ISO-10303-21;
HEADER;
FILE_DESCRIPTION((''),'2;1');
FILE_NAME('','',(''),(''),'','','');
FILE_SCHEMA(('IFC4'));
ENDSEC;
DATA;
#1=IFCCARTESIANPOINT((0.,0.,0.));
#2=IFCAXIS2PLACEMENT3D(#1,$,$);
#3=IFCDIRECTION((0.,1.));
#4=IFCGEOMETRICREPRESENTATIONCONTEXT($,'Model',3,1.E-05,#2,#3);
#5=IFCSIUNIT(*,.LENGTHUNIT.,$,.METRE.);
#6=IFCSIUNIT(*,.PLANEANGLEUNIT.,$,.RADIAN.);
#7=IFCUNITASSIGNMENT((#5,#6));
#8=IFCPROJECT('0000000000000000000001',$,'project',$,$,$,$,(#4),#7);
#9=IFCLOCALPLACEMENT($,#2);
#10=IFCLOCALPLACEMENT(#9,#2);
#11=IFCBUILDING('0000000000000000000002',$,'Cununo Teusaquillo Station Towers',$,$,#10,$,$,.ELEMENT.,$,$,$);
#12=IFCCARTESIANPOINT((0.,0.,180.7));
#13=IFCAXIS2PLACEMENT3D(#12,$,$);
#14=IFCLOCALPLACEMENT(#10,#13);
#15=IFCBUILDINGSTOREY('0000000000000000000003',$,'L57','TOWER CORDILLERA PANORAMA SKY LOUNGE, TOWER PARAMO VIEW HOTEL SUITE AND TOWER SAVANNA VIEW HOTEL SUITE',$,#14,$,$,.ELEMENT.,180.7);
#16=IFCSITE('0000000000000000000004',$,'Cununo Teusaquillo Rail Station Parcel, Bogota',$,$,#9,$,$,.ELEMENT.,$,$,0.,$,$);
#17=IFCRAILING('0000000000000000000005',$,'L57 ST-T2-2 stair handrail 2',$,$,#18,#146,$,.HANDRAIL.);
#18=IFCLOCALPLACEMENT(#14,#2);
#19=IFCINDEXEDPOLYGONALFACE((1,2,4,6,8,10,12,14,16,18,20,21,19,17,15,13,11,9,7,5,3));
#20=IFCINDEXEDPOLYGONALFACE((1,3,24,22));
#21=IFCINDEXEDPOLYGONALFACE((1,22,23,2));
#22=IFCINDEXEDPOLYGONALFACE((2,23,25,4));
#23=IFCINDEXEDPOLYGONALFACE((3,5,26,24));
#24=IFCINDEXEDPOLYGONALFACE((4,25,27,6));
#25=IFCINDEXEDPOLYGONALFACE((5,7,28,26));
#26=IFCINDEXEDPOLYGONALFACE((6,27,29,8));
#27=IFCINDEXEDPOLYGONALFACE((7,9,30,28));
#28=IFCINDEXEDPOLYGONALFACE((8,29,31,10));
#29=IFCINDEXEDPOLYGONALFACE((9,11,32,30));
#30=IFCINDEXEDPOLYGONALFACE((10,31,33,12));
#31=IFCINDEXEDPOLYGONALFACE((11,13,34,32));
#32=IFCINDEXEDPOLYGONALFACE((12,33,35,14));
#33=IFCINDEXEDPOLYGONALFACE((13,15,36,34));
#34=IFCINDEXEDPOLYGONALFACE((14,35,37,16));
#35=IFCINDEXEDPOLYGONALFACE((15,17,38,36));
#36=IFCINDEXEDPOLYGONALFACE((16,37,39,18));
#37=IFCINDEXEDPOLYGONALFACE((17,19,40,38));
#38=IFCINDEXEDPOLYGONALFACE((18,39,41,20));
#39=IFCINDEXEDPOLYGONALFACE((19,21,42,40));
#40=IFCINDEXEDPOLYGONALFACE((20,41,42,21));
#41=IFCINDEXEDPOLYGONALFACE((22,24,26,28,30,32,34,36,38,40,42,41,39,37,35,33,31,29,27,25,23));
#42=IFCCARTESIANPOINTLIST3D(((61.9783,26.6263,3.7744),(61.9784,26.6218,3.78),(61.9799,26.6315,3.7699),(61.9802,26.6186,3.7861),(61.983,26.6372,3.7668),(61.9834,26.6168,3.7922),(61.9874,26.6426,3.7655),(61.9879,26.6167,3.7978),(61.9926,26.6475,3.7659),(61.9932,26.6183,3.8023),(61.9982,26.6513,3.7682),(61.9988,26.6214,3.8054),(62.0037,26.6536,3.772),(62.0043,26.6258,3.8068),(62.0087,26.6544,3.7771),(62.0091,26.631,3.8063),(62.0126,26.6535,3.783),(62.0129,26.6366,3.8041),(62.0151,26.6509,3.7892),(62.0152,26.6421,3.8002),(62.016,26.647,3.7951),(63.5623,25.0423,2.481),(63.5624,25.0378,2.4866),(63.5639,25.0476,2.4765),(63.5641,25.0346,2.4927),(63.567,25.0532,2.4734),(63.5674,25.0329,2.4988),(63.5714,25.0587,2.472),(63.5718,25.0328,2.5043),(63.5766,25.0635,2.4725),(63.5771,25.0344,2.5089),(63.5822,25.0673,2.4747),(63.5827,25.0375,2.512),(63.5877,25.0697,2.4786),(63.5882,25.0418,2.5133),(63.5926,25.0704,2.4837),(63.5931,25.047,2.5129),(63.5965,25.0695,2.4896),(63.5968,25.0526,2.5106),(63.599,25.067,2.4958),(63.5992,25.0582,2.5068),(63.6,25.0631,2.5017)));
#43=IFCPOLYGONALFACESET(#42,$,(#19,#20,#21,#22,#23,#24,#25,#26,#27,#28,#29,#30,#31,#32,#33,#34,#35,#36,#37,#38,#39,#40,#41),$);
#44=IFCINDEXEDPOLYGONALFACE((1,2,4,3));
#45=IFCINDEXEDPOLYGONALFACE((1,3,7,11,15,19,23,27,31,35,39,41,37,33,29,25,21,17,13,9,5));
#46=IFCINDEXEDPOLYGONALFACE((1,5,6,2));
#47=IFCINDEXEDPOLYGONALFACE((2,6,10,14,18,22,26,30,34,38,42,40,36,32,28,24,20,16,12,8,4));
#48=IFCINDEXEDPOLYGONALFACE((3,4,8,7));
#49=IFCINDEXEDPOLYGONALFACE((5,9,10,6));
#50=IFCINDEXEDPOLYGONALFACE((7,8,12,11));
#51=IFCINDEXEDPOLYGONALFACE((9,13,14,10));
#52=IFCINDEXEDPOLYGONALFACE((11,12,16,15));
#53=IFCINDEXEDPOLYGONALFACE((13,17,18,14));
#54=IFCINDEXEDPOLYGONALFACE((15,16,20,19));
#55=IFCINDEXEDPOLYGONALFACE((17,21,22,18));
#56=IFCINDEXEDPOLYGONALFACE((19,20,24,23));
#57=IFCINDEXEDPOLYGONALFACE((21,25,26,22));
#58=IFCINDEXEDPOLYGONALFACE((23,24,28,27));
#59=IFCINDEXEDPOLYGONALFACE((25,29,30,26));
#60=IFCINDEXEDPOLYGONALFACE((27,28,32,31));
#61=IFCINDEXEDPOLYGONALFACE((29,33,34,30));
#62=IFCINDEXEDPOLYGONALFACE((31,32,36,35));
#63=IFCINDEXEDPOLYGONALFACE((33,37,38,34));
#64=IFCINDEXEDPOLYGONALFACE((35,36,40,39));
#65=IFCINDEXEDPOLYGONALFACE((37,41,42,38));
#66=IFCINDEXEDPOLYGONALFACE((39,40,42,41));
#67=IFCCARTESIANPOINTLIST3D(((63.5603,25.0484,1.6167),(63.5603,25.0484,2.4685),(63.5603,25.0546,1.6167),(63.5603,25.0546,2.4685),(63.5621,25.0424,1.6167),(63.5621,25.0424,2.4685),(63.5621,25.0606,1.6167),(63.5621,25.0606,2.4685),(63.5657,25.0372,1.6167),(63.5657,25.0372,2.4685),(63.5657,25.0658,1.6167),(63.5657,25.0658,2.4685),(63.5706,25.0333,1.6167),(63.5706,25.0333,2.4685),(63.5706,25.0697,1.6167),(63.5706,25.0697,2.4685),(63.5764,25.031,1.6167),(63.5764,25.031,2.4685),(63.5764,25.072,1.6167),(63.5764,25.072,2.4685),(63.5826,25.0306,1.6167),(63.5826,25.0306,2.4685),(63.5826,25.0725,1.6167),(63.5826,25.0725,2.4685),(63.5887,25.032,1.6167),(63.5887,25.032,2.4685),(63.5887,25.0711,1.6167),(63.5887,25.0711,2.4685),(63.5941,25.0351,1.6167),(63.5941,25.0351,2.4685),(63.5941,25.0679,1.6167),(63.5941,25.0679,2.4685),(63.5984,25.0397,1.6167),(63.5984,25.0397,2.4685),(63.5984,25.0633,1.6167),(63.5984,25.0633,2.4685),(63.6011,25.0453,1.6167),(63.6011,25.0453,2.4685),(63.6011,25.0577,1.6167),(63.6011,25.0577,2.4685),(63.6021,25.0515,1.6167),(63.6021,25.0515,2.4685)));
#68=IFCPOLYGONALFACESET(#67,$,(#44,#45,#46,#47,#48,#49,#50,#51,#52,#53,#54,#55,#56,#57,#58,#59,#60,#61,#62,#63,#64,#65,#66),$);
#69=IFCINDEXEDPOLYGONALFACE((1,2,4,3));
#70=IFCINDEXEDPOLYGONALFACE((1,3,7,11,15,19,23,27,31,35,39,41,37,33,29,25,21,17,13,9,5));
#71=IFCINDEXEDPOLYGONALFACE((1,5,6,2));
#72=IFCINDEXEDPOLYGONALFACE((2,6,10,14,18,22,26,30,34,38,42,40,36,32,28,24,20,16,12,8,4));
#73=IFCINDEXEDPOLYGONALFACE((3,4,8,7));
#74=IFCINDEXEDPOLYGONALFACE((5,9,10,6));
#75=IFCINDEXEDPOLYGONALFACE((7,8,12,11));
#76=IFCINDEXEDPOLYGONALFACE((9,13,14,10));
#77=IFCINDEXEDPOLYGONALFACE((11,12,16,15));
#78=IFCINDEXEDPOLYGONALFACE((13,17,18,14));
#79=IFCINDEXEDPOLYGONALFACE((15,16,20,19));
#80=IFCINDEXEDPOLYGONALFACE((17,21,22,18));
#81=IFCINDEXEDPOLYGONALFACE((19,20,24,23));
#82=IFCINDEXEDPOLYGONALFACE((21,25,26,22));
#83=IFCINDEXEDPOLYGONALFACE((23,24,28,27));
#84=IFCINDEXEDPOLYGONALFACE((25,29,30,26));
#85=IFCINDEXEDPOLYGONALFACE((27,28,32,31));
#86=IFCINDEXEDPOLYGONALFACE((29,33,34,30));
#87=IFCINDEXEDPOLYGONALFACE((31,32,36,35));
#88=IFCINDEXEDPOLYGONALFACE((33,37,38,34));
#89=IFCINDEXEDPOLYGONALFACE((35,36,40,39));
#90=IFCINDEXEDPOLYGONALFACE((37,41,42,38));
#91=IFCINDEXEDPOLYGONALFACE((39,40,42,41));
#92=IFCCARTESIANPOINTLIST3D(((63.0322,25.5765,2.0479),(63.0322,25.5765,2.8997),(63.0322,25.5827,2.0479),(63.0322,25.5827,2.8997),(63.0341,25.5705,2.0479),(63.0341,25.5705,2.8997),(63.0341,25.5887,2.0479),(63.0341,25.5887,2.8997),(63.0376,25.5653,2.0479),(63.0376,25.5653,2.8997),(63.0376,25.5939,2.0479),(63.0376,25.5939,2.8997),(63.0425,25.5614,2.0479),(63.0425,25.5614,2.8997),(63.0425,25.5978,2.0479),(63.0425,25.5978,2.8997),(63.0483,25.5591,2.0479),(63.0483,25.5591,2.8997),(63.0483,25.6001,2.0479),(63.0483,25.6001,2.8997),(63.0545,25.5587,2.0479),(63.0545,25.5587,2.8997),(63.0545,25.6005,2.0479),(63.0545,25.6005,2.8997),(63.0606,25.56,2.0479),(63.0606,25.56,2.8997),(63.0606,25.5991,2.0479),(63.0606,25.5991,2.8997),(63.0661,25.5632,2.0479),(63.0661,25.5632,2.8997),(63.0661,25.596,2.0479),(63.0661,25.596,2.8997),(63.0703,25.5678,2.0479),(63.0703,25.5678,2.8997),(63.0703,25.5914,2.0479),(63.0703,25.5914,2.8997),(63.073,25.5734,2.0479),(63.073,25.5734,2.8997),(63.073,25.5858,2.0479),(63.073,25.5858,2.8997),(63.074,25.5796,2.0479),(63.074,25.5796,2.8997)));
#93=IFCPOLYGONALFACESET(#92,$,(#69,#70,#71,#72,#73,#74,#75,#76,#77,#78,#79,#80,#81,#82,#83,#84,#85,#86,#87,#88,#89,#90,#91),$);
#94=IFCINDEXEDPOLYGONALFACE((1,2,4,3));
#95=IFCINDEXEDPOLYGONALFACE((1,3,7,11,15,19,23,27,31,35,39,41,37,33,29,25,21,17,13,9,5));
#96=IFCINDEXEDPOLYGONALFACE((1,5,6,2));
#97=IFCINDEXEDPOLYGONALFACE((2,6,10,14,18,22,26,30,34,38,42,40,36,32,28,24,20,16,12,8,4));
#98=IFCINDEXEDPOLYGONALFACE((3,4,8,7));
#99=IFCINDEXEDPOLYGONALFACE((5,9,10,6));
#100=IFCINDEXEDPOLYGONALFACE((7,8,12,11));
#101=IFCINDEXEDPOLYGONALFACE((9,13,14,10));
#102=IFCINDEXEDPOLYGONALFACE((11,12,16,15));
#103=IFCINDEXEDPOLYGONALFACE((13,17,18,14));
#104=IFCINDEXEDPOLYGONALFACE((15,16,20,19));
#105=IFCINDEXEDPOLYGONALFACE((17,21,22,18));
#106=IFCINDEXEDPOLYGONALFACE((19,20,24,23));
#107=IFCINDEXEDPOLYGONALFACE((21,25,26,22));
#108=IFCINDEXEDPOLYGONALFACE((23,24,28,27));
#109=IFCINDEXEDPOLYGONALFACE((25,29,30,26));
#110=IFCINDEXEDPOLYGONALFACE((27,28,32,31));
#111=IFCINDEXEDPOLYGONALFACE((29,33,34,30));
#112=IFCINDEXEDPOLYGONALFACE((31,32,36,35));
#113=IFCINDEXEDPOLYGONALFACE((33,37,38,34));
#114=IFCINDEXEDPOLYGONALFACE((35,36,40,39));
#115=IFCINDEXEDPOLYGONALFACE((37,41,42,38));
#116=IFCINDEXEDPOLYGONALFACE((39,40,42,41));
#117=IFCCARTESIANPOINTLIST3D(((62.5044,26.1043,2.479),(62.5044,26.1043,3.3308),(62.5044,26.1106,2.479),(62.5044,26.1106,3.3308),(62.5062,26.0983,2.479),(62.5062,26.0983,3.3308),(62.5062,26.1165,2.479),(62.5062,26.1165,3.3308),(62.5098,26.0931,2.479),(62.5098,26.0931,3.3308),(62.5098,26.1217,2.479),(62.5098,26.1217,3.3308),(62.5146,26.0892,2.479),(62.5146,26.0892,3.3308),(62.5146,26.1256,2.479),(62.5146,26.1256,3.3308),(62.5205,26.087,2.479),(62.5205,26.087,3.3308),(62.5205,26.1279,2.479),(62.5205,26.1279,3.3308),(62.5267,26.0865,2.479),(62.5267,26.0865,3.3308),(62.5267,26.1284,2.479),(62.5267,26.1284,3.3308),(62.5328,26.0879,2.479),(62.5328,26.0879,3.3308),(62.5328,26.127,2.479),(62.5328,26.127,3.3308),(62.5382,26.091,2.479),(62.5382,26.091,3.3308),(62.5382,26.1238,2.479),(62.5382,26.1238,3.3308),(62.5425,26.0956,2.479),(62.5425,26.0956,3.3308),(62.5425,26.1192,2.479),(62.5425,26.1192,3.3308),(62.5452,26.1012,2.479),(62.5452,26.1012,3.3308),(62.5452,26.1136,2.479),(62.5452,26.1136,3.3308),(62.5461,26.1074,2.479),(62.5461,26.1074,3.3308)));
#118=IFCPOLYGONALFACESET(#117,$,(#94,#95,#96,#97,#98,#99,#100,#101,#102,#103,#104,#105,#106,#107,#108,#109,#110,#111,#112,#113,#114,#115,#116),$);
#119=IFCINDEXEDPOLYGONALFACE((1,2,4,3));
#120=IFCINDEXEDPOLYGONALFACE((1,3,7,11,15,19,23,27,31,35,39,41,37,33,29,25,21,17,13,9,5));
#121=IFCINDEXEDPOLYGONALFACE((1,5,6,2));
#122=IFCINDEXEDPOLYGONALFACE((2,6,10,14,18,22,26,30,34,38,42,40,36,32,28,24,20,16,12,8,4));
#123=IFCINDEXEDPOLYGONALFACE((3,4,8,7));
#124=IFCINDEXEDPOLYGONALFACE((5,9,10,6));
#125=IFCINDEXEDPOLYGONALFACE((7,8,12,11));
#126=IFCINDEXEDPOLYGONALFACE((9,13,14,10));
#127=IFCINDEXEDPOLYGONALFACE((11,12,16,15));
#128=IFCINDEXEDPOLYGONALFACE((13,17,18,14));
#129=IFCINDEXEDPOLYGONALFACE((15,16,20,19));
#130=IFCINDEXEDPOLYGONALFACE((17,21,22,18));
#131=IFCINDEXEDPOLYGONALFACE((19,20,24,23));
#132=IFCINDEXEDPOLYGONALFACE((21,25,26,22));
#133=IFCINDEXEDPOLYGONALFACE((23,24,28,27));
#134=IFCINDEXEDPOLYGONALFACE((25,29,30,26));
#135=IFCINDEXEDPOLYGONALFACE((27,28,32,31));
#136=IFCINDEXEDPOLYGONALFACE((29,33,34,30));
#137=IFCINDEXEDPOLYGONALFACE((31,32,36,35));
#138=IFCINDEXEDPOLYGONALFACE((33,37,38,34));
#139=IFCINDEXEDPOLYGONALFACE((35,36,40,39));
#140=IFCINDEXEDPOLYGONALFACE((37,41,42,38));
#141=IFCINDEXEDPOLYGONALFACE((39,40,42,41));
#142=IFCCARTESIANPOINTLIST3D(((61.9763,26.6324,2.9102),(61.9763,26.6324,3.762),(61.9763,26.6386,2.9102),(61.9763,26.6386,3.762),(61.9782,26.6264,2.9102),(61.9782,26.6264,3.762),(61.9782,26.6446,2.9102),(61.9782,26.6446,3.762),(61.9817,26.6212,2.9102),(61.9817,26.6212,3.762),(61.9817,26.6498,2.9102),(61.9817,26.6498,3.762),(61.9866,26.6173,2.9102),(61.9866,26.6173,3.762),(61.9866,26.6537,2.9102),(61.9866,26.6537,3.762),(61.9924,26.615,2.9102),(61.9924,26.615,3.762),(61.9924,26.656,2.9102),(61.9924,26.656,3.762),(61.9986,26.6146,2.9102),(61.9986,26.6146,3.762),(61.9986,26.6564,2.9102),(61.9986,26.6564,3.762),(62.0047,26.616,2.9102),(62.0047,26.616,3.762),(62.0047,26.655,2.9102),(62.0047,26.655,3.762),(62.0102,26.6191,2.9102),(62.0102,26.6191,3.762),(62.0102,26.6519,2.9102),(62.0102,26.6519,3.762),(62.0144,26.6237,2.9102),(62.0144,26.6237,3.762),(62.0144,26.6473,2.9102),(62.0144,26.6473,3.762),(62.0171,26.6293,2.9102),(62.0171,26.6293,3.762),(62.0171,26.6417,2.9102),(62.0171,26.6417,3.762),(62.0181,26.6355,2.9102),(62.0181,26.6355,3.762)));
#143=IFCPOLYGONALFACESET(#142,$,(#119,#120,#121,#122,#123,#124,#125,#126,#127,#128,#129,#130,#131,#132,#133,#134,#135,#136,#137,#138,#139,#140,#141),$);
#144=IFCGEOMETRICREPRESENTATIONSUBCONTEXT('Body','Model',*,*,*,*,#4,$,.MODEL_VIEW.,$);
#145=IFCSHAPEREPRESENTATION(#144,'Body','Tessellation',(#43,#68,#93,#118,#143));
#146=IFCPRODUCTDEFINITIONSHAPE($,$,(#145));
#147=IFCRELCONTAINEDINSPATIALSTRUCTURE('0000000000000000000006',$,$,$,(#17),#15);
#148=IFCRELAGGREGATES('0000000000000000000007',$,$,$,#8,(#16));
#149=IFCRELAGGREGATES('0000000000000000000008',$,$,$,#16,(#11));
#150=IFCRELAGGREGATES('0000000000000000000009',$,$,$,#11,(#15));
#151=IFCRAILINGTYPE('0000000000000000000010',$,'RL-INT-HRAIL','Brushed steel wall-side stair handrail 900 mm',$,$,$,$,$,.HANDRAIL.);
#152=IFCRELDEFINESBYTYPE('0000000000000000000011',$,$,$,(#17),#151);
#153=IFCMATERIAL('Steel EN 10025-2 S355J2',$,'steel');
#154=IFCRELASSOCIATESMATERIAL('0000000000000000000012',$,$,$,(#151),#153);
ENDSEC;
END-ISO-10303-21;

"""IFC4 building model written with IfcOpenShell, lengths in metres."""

from ifc_helpers import new_model, si_unit, direction, frame, origin, origin_2d, place, context, subcontext, project, spatial, circle, extrude, material, type_object, element, save


model = new_model("IFC4")

# Units and contexts
model_context = context("Model", 3, precision=1e-05, world=origin(), true_north=direction((0.0, 1.0)))
body_context = subcontext(model_context, "Body", "Model", "MODEL_VIEW")
ifc_project = project(units=[si_unit("LENGTHUNIT", "METRE"), si_unit("PLANEANGLEUNIT", "RADIAN")], contexts=[model_context])

# Site, building, storey
site_placement = place(None, origin())
site = spatial("IfcSite", under=ifc_project, at=site_placement, Name="Cununo Teusaquillo Rail Station Parcel, Bogota", CompositionType="ELEMENT", RefElevation=0.0)
building_placement = place(site_placement, origin())
building = spatial("IfcBuilding", under=site, at=building_placement, Name="Cununo Teusaquillo Station Towers", CompositionType="ELEMENT")
storey_placement = place(building_placement, frame((0.0, 0.0, 180.7)))
storey = spatial("IfcBuildingStorey", under=building, at=storey_placement, Name="L57", Description="TOWER CORDILLERA PANORAMA SKY LOUNGE, TOWER PARAMO VIEW HOTEL SUITE AND TOWER SAVANNA VIEW HOTEL SUITE", CompositionType="ELEMENT", Elevation=180.7)

# Railing
ifc_material_1 = material(Name="Steel EN 10025-2 S355J2", Category="steel")
railing_type_1 = type_object("IfcRailingType", Name="RL-INT-HRAIL", Description="Brushed steel wall-side stair handrail 900 mm", PredefinedType="HANDRAIL", material=ifc_material_1)
railing_1_placement = place(storey_placement, frame((63.5811, 25.0515, 1.6167)))
element("IfcRailing", 1, at=railing_1_placement, inside=storey, type_object=railing_type_1, Name="L57 ST-T2-2 stair handrail 2", PredefinedType="HANDRAIL", context=body_context, shape_type="SweptSolid", body=[
    extrude(circle(Radius=0.0239, at=origin_2d()), frame((0.0, 0.0, 0.876), z_axis=(-0.612356, 0.612356, 0.50004), x_axis=(-0.707107, -0.707107, 0.0)), (0.0, 0.0, 1.0), 2.5867),
    extrude(circle(Radius=0.021, at=origin_2d()), origin(), (0.0, 0.0, 1.0), 0.8518),
    extrude(circle(Radius=0.021, at=origin_2d()), frame((-0.5281, 0.5281, 0.4312)), (0.0, 0.0, 1.0), 0.8518),
    extrude(circle(Radius=0.021, at=origin_2d()), frame((-1.0559, 1.0559, 0.8623)), (0.0, 0.0, 1.0), 0.8518),
    extrude(circle(Radius=0.021, at=origin_2d()), frame((-1.584, 1.584, 1.2935)), (0.0, 0.0, 1.0), 0.8518),
])

save(model, "model.ifc")
